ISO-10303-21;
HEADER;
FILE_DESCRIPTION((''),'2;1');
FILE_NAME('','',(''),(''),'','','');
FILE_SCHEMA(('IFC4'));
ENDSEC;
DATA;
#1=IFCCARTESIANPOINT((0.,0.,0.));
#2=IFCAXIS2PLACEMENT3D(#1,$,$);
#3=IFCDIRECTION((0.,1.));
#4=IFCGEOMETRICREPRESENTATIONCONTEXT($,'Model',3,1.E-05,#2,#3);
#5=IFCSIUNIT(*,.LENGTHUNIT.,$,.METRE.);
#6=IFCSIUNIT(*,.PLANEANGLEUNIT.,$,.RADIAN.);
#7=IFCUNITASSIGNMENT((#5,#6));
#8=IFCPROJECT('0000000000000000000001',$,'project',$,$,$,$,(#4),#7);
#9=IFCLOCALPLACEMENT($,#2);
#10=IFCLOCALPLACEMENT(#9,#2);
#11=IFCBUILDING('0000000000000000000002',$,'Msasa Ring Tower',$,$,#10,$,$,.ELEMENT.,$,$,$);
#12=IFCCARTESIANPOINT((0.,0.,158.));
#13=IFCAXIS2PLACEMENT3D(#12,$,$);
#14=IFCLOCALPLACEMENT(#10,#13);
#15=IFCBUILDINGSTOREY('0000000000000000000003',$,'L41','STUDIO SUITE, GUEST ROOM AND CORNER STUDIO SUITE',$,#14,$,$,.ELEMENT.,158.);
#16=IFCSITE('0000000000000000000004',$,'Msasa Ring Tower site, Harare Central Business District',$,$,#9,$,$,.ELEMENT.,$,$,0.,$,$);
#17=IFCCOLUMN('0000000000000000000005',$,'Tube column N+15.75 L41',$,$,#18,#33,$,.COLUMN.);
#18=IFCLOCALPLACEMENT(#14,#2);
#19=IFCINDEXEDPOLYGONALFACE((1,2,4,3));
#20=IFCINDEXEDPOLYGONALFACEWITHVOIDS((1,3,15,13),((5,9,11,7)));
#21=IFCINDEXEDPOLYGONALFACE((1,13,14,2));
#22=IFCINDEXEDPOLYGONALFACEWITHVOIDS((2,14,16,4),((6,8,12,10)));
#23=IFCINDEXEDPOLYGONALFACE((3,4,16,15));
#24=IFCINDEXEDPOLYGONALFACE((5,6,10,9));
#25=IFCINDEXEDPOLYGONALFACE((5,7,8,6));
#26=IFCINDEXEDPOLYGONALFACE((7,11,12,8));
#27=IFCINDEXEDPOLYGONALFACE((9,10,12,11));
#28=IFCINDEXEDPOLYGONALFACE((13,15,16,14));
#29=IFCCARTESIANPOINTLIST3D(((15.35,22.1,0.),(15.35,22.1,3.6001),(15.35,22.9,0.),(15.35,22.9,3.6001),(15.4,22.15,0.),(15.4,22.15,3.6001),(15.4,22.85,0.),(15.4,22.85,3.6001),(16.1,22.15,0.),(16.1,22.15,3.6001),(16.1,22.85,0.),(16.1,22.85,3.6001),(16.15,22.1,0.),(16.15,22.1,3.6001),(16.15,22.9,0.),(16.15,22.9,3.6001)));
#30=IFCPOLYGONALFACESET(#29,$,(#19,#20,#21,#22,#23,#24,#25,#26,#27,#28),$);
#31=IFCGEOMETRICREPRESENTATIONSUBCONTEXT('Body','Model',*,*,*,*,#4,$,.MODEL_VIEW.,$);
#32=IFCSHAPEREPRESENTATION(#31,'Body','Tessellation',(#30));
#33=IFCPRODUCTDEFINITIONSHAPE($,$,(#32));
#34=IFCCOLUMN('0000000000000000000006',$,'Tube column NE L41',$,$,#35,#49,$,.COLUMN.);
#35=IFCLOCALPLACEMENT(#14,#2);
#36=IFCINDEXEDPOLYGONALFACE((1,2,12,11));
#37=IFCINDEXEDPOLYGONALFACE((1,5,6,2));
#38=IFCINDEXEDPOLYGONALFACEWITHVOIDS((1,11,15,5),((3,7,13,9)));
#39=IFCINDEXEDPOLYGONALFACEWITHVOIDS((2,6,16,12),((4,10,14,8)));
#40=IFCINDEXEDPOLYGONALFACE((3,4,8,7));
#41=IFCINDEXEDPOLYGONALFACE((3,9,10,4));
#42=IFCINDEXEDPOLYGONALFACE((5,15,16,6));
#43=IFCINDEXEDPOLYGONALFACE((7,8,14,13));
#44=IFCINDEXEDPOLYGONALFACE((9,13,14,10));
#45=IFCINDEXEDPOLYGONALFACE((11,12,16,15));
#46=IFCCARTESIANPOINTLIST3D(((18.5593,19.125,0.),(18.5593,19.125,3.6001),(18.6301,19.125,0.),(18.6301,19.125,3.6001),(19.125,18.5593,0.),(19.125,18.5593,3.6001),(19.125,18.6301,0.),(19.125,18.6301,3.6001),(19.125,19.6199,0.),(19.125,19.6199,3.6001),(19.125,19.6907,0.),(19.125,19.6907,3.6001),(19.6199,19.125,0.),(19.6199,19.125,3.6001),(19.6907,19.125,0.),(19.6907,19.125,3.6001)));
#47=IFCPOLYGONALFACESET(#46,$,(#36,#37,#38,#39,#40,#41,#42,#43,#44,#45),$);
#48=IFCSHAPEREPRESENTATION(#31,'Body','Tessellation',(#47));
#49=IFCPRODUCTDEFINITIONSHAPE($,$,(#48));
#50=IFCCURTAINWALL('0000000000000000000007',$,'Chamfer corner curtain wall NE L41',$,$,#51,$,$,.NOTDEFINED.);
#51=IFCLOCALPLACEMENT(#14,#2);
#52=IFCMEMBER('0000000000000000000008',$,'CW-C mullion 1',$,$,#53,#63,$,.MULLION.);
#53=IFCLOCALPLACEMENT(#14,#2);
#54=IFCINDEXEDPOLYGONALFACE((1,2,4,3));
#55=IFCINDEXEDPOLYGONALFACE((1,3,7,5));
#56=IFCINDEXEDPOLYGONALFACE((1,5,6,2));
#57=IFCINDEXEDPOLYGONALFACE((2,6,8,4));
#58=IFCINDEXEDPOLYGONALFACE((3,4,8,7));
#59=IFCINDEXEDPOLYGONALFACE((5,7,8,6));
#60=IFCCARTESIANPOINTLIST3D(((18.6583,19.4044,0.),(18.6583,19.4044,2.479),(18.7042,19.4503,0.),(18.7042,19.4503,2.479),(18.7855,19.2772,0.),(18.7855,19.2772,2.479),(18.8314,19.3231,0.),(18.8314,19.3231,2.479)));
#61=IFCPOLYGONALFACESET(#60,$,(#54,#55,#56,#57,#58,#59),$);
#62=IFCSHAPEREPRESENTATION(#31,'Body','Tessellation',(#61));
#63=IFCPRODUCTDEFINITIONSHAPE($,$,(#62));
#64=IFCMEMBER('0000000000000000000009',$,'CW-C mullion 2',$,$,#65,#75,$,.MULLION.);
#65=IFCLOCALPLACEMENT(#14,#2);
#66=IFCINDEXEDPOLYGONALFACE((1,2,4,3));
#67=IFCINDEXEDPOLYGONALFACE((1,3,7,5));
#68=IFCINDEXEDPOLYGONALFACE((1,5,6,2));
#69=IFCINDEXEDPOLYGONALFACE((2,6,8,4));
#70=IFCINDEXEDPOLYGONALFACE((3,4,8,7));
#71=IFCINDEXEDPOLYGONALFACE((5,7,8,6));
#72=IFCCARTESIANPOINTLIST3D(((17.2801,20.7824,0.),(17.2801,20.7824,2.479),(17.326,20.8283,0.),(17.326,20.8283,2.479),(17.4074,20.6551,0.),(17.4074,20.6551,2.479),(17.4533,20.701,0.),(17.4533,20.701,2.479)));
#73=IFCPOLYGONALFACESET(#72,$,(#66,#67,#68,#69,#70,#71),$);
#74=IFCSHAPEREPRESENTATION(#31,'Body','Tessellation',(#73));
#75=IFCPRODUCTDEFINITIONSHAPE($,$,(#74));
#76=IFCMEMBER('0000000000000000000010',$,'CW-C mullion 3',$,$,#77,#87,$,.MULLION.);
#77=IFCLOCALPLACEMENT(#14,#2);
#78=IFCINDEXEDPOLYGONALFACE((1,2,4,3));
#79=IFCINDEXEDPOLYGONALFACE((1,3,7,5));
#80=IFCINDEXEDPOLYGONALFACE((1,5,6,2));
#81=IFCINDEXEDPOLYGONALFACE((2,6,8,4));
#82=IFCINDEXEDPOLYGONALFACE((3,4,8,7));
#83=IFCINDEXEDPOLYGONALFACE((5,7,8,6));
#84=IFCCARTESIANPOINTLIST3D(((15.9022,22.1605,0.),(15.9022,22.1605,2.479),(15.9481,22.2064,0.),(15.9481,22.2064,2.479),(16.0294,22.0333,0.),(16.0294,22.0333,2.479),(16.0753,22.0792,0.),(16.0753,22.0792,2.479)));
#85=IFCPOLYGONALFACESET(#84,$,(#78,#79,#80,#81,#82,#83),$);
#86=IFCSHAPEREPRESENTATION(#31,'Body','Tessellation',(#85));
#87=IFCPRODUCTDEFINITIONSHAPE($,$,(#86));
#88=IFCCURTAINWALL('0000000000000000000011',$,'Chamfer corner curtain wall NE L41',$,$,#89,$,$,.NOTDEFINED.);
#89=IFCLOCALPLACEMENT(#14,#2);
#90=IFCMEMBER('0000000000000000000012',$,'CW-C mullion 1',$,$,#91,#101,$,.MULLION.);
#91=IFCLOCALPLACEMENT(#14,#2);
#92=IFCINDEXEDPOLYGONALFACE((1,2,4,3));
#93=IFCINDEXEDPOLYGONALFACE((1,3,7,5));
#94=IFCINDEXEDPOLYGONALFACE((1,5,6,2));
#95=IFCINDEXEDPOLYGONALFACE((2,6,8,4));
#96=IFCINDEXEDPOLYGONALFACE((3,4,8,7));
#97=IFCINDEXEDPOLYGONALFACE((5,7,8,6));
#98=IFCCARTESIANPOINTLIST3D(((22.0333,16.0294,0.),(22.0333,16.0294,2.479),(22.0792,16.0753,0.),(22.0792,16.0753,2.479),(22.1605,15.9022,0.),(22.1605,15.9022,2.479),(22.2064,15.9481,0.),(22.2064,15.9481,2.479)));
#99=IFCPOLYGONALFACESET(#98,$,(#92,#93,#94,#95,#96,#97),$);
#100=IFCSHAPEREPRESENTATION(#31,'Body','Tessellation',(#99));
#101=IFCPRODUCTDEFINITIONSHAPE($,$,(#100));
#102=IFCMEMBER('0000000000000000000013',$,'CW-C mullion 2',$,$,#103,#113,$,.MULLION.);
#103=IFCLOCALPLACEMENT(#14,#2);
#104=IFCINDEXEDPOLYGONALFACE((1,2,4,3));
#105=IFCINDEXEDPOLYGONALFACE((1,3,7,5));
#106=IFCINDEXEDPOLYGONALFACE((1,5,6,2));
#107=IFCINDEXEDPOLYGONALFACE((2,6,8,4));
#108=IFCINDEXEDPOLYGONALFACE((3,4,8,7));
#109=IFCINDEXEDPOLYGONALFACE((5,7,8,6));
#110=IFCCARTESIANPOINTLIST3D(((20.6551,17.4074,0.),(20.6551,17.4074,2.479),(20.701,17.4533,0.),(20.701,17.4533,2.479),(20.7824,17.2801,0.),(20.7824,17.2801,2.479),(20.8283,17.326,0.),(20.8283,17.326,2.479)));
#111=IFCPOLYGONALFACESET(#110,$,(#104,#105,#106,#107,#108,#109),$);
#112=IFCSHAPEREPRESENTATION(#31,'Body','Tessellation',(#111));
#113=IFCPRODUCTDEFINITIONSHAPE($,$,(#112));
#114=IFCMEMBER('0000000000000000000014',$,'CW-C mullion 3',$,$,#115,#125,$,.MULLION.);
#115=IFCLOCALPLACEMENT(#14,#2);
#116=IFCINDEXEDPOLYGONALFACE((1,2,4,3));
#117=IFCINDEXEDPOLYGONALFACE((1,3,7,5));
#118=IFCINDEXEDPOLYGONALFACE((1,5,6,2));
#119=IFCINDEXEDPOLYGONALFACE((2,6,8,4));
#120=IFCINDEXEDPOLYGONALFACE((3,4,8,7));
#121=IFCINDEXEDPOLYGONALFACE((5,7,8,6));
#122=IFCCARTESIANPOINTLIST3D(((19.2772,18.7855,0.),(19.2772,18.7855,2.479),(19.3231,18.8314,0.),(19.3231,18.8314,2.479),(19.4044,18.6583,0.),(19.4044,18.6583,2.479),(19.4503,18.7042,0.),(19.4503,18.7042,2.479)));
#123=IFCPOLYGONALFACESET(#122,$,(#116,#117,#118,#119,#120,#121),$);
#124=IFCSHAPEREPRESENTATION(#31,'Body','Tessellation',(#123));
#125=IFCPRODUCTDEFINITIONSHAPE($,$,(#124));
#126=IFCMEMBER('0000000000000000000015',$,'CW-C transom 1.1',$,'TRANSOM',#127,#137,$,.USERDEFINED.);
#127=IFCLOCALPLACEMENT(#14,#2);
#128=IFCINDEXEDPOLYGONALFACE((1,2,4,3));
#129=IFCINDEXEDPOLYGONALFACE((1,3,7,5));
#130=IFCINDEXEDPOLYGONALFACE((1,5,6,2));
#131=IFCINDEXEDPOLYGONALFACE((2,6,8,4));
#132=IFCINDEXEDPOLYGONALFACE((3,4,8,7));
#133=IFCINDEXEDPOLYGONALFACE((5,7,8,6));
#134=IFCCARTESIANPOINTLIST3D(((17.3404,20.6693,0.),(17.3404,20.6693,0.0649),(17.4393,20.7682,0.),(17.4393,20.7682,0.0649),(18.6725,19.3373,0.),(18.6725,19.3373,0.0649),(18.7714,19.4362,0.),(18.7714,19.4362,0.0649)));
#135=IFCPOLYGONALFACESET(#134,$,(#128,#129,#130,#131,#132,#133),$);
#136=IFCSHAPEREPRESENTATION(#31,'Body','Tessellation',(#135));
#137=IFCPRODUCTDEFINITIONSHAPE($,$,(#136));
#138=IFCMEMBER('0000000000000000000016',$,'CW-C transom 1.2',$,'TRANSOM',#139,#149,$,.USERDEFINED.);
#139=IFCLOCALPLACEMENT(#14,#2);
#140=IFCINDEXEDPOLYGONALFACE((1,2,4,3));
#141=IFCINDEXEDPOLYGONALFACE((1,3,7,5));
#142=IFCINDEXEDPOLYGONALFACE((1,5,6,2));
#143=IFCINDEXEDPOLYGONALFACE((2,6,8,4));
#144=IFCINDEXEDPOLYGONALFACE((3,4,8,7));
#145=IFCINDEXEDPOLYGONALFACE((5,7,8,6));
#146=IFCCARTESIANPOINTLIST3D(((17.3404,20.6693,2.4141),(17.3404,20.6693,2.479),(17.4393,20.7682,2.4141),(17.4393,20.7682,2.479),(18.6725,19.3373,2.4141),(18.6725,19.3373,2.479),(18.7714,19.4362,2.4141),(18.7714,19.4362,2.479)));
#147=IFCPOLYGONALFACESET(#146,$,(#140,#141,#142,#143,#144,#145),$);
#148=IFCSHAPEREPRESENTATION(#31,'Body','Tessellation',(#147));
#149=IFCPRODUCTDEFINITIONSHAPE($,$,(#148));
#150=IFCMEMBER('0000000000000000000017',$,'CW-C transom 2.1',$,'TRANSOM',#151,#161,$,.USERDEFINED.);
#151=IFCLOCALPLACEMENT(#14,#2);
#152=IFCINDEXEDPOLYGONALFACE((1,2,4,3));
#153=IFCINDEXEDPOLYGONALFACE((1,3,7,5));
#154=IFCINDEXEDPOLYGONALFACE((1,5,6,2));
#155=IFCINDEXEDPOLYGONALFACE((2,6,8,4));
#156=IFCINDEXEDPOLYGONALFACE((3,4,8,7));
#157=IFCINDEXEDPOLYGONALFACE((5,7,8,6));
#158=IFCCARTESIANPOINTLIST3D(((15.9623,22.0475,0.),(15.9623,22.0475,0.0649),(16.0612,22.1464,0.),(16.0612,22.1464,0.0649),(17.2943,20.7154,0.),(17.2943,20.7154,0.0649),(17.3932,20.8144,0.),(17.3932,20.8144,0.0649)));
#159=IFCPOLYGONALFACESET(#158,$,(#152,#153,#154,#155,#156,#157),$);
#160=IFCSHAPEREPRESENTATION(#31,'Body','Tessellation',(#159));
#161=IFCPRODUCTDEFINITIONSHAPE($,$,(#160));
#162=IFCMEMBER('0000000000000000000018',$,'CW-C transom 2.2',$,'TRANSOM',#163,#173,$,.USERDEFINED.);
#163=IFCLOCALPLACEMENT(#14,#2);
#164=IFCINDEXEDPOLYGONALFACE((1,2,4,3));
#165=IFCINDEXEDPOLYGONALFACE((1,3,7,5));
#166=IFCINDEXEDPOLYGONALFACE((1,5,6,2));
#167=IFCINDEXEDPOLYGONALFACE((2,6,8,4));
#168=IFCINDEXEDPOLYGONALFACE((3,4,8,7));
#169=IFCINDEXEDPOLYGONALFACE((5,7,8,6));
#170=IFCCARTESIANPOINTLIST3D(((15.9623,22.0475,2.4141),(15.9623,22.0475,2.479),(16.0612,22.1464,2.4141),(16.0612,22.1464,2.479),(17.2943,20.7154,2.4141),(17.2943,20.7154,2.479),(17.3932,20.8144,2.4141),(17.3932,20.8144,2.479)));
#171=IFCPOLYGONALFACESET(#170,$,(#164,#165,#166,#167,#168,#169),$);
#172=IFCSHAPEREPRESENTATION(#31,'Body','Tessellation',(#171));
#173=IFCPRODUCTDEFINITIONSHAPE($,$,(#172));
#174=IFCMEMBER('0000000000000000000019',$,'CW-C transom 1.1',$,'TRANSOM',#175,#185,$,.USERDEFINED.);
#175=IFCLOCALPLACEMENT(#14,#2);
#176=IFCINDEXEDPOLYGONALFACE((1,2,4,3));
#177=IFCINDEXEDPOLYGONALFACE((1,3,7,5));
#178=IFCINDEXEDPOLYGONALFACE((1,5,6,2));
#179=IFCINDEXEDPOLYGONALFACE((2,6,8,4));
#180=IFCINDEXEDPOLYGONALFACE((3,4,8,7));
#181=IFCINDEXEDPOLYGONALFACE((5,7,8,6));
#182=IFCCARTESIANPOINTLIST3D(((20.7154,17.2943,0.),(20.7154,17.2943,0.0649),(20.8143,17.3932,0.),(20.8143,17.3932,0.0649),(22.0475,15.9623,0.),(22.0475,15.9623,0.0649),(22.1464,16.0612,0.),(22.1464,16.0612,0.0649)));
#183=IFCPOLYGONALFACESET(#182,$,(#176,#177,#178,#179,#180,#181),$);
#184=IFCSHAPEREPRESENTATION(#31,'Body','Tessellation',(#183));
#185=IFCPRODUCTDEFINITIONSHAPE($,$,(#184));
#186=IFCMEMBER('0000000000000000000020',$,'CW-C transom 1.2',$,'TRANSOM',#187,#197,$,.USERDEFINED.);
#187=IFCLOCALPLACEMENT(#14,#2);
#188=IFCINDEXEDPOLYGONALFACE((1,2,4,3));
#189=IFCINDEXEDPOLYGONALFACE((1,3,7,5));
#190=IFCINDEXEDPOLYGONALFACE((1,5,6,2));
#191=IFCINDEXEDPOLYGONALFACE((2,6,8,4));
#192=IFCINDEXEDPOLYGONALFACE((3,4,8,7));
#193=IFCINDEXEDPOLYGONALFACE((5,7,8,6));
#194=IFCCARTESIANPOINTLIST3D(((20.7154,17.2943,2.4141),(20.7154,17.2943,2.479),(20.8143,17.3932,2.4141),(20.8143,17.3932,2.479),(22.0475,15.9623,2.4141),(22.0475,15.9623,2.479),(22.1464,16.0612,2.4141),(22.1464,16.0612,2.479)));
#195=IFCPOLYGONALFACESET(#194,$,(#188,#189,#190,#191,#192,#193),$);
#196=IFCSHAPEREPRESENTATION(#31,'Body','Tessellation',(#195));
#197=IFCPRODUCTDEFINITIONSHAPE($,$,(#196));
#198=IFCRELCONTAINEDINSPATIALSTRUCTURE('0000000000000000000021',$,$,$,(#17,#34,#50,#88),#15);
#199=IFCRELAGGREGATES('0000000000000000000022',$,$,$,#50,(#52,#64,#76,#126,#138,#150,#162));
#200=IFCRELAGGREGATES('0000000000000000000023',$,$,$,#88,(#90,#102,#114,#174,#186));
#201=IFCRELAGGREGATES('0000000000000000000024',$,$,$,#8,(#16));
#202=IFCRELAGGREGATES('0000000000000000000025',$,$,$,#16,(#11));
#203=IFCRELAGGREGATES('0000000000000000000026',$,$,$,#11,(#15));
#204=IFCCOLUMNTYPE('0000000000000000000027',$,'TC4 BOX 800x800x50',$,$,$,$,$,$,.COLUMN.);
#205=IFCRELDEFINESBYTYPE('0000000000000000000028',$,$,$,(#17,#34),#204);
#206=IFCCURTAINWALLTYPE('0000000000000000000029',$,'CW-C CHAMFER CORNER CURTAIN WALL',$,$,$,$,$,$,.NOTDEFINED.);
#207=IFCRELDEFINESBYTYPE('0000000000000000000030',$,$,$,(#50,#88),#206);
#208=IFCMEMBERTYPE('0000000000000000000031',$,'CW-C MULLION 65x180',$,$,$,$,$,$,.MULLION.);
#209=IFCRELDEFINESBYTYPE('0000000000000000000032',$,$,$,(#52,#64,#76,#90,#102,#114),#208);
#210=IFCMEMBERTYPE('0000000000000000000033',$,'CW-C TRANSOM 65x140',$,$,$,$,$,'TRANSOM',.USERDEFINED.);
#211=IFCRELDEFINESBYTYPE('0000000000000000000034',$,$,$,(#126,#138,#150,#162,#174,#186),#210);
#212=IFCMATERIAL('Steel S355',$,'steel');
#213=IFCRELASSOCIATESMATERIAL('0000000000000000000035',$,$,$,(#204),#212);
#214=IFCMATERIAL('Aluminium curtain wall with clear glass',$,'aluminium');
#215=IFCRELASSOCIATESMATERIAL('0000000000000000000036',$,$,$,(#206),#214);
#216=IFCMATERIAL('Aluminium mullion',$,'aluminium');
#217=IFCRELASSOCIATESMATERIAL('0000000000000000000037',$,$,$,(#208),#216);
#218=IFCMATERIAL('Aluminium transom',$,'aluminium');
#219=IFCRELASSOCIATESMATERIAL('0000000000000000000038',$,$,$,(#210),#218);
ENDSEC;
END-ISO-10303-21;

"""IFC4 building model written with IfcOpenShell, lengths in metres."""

from ifc_helpers import new_model, si_unit, direction, frame, origin, origin_2d, place, context, subcontext, project, spatial, rectangle, hollow_rectangle, extrude, material, material_profile, profile_set, type_object, element, aggregate, save


model = new_model("IFC4")

# Units and contexts
model_context = context("Model", 3, precision=1e-05, world=origin(), true_north=direction((0.0, 1.0)))
body_context = subcontext(model_context, "Body", "Model", "MODEL_VIEW")
ifc_project = project(units=[si_unit("LENGTHUNIT", "METRE"), si_unit("PLANEANGLEUNIT", "RADIAN")], contexts=[model_context])

# Site, building, storey
site_placement = place(None, origin())
site = spatial("IfcSite", under=ifc_project, at=site_placement, Name="Msasa Ring Tower site, Harare Central Business District", CompositionType="ELEMENT", RefElevation=0.0)
building_placement = place(site_placement, origin())
building = spatial("IfcBuilding", under=site, at=building_placement, Name="Msasa Ring Tower", CompositionType="ELEMENT")
storey_placement = place(building_placement, frame((0.0, 0.0, 158.0)))
storey = spatial("IfcBuildingStorey", under=building, at=storey_placement, Name="L41", Description="STUDIO SUITE, GUEST ROOM AND CORNER STUDIO SUITE", CompositionType="ELEMENT", Elevation=158.0)

# Columns
ifc_material_1 = material(Name="Steel S355", Category="steel")
ifc_material_profile_1 = material_profile(ifc_material_1, hollow_rectangle(XDim=0.8, YDim=0.8, WallThickness=0.05, at=origin_2d()), Name="BOX 800x800x50")
ifc_profile_set_1 = profile_set([ifc_material_profile_1], Name="Steel S355")
column_type = type_object("IfcColumnType", Name="TC4 BOX 800x800x50", PredefinedType="COLUMN", material=ifc_profile_set_1)
for number, where, z_axis, x_axis, name in (
    (1, (15.75, 22.5, 0.0), (0.0, 0.0, 1.0), (0.0, 1.0, 0.0), "Tube column N+15.75 L41"),
    (2, (19.125, 19.125, 0.0), (0.0, 0.0, 1.0), (0.707107, 0.707107, 0.0), "Tube column NE L41"),
):
    element("IfcColumn", number, at=place(storey_placement, frame(where, z_axis=z_axis, x_axis=x_axis)), inside=storey, type_object=column_type, Name=name, PredefinedType="COLUMN", context=body_context, shape_type="SweptSolid", body=[
        extrude(hollow_rectangle(XDim=0.8, YDim=0.8, WallThickness=0.05, at=origin_2d()), origin(), (0.0, 0.0, 1.0), 3.6001),
    ])

# Curtain walls, members
ifc_material_2 = material(Name="Aluminium curtain wall with clear glass", Category="aluminium")
curtain_wall_type = type_object("IfcCurtainWallType", Name="CW-C CHAMFER CORNER CURTAIN WALL", PredefinedType="NOTDEFINED", material=ifc_material_2)
curtain_wall_1_placement = place(storey_placement, origin())
curtain_wall_1 = element("IfcCurtainWall", 3, at=curtain_wall_1_placement, inside=storey, type_object=curtain_wall_type, Name="Chamfer corner curtain wall NE L41", PredefinedType="NOTDEFINED")
ifc_material_3 = material(Name="Aluminium mullion", Category="aluminium")
ifc_material_profile_2 = material_profile(ifc_material_3, rectangle(XDim=0.0649, YDim=0.1799, at=origin_2d()), Name="AL 65x180")
ifc_profile_set_2 = profile_set([ifc_material_profile_2], Name="Aluminium mullion")
member_type_1 = type_object("IfcMemberType", Name="CW-C MULLION 65x180", PredefinedType="MULLION", material=ifc_profile_set_2)
member_1_placement = place(storey_placement, frame((18.7449, 19.3638, 0.0), z_axis=(0.0, 0.0, 1.0), x_axis=(-0.707107, -0.707107, 0.0)))
member_1 = element("IfcMember", 4, at=member_1_placement, type_object=member_type_1, Name="CW-C mullion 1", PredefinedType="MULLION", context=body_context, shape_type="SweptSolid", body=[
    extrude(rectangle(XDim=0.0649, YDim=0.1799, at=origin_2d()), origin(), (0.0, 0.0, 1.0), 2.479),
])
member_2_placement = place(storey_placement, frame((17.3667, 20.7417, 0.0), z_axis=(0.0, 0.0, 1.0), x_axis=(-0.707107, -0.707107, 0.0)))
member_2 = element("IfcMember", 5, at=member_2_placement, type_object=member_type_1, Name="CW-C mullion 2", PredefinedType="MULLION", context=body_context, shape_type="SweptSolid", body=[
    extrude(rectangle(XDim=0.0649, YDim=0.1799, at=origin_2d()), origin(), (0.0, 0.0, 1.0), 2.479),
])
member_3_placement = place(storey_placement, frame((15.9888, 22.1199, 0.0), z_axis=(0.0, 0.0, 1.0), x_axis=(-0.707107, -0.707107, 0.0)))
member_3 = element("IfcMember", 6, at=member_3_placement, type_object=member_type_1, Name="CW-C mullion 3", PredefinedType="MULLION", context=body_context, shape_type="SweptSolid", body=[
    extrude(rectangle(XDim=0.0649, YDim=0.1799, at=origin_2d()), origin(), (0.0, 0.0, 1.0), 2.479),
])
curtain_wall_2_placement = place(storey_placement, origin())
curtain_wall_2 = element("IfcCurtainWall", 7, at=curtain_wall_2_placement, inside=storey, type_object=curtain_wall_type, Name="Chamfer corner curtain wall NE L41", PredefinedType="NOTDEFINED")
member_4_placement = place(storey_placement, frame((22.1199, 15.9888, 0.0), z_axis=(0.0, 0.0, 1.0), x_axis=(-0.707107, -0.707107, 0.0)))
member_4 = element("IfcMember", 8, at=member_4_placement, type_object=member_type_1, Name="CW-C mullion 1", PredefinedType="MULLION", context=body_context, shape_type="SweptSolid", body=[
    extrude(rectangle(XDim=0.0649, YDim=0.1799, at=origin_2d()), origin(), (0.0, 0.0, 1.0), 2.479),
])
member_5_placement = place(storey_placement, frame((20.7417, 17.3667, 0.0), z_axis=(0.0, 0.0, 1.0), x_axis=(-0.707107, -0.707107, 0.0)))
member_5 = element("IfcMember", 9, at=member_5_placement, type_object=member_type_1, Name="CW-C mullion 2", PredefinedType="MULLION", context=body_context, shape_type="SweptSolid", body=[
    extrude(rectangle(XDim=0.0649, YDim=0.1799, at=origin_2d()), origin(), (0.0, 0.0, 1.0), 2.479),
])
member_6_placement = place(storey_placement, frame((19.3638, 18.7449, 0.0), z_axis=(0.0, 0.0, 1.0), x_axis=(-0.707107, -0.707107, 0.0)))
member_6 = element("IfcMember", 10, at=member_6_placement, type_object=member_type_1, Name="CW-C mullion 3", PredefinedType="MULLION", context=body_context, shape_type="SweptSolid", body=[
    extrude(rectangle(XDim=0.0649, YDim=0.1799, at=origin_2d()), origin(), (0.0, 0.0, 1.0), 2.479),
])

# Members
ifc_material_4 = material(Name="Aluminium transom", Category="aluminium")
ifc_material_profile_3 = material_profile(ifc_material_4, rectangle(XDim=0.1399, YDim=0.0649, at=origin_2d()), Name="AL 65x140")
ifc_profile_set_3 = profile_set([ifc_material_profile_3], Name="Aluminium transom")
member_type_2 = type_object("IfcMemberType", Name="CW-C TRANSOM 65x140", ElementType="TRANSOM", PredefinedType="USERDEFINED", material=ifc_profile_set_3)
member_7_placement = place(storey_placement, frame((18.7219, 19.3867, 0.0325), z_axis=(-0.707107, 0.707107, 0.0), x_axis=(-0.707107, -0.707107, 0.0)))
member_7 = element("IfcMember", 11, at=member_7_placement, type_object=member_type_2, Name="CW-C transom 1.1", ObjectType="TRANSOM", PredefinedType="USERDEFINED", context=body_context, shape_type="SweptSolid", body=[
    extrude(rectangle(XDim=0.1399, YDim=0.0649, at=origin_2d()), origin(), (0.0, 0.0, 1.0), 1.8838),
])
member_8_placement = place(storey_placement, frame((18.7219, 19.3867, 2.4465), z_axis=(-0.707107, 0.707107, 0.0), x_axis=(-0.707107, -0.707107, 0.0)))
member_8 = element("IfcMember", 12, at=member_8_placement, type_object=member_type_2, Name="CW-C transom 1.2", ObjectType="TRANSOM", PredefinedType="USERDEFINED", context=body_context, shape_type="SweptSolid", body=[
    extrude(rectangle(XDim=0.1399, YDim=0.0649, at=origin_2d()), origin(), (0.0, 0.0, 1.0), 1.8838),
])
member_9_placement = place(storey_placement, frame((17.3438, 20.7649, 0.0325), z_axis=(-0.707107, 0.707107, 0.0), x_axis=(-0.707107, -0.707107, 0.0)))
member_9 = element("IfcMember", 13, at=member_9_placement, type_object=member_type_2, Name="CW-C transom 2.1", ObjectType="TRANSOM", PredefinedType="USERDEFINED", context=body_context, shape_type="SweptSolid", body=[
    extrude(rectangle(XDim=0.1399, YDim=0.0649, at=origin_2d()), origin(), (0.0, 0.0, 1.0), 1.8838),
])
member_10_placement = place(storey_placement, frame((17.3438, 20.7649, 2.4465), z_axis=(-0.707107, 0.707107, 0.0), x_axis=(-0.707107, -0.707107, 0.0)))
member_10 = element("IfcMember", 14, at=member_10_placement, type_object=member_type_2, Name="CW-C transom 2.2", ObjectType="TRANSOM", PredefinedType="USERDEFINED", context=body_context, shape_type="SweptSolid", body=[
    extrude(rectangle(XDim=0.1399, YDim=0.0649, at=origin_2d()), origin(), (0.0, 0.0, 1.0), 1.8838),
])
member_11_placement = place(storey_placement, frame((22.0969, 16.0117, 0.0325), z_axis=(-0.707107, 0.707107, 0.0), x_axis=(-0.707107, -0.707107, 0.0)))
member_11 = element("IfcMember", 15, at=member_11_placement, type_object=member_type_2, Name="CW-C transom 1.1", ObjectType="TRANSOM", PredefinedType="USERDEFINED", context=body_context, shape_type="SweptSolid", body=[
    extrude(rectangle(XDim=0.1399, YDim=0.0649, at=origin_2d()), origin(), (0.0, 0.0, 1.0), 1.8838),
])
member_12_placement = place(storey_placement, frame((22.0969, 16.0117, 2.4465), z_axis=(-0.707107, 0.707107, 0.0), x_axis=(-0.707107, -0.707107, 0.0)))
member_12 = element("IfcMember", 16, at=member_12_placement, type_object=member_type_2, Name="CW-C transom 1.2", ObjectType="TRANSOM", PredefinedType="USERDEFINED", context=body_context, shape_type="SweptSolid", body=[
    extrude(rectangle(XDim=0.1399, YDim=0.0649, at=origin_2d()), origin(), (0.0, 0.0, 1.0), 1.8838),
])

aggregate(curtain_wall_1, [member_1, member_2, member_3, member_7, member_8, member_9, member_10])
aggregate(curtain_wall_2, [member_4, member_5, member_6, member_11, member_12])

save(model, "model.ifc")
